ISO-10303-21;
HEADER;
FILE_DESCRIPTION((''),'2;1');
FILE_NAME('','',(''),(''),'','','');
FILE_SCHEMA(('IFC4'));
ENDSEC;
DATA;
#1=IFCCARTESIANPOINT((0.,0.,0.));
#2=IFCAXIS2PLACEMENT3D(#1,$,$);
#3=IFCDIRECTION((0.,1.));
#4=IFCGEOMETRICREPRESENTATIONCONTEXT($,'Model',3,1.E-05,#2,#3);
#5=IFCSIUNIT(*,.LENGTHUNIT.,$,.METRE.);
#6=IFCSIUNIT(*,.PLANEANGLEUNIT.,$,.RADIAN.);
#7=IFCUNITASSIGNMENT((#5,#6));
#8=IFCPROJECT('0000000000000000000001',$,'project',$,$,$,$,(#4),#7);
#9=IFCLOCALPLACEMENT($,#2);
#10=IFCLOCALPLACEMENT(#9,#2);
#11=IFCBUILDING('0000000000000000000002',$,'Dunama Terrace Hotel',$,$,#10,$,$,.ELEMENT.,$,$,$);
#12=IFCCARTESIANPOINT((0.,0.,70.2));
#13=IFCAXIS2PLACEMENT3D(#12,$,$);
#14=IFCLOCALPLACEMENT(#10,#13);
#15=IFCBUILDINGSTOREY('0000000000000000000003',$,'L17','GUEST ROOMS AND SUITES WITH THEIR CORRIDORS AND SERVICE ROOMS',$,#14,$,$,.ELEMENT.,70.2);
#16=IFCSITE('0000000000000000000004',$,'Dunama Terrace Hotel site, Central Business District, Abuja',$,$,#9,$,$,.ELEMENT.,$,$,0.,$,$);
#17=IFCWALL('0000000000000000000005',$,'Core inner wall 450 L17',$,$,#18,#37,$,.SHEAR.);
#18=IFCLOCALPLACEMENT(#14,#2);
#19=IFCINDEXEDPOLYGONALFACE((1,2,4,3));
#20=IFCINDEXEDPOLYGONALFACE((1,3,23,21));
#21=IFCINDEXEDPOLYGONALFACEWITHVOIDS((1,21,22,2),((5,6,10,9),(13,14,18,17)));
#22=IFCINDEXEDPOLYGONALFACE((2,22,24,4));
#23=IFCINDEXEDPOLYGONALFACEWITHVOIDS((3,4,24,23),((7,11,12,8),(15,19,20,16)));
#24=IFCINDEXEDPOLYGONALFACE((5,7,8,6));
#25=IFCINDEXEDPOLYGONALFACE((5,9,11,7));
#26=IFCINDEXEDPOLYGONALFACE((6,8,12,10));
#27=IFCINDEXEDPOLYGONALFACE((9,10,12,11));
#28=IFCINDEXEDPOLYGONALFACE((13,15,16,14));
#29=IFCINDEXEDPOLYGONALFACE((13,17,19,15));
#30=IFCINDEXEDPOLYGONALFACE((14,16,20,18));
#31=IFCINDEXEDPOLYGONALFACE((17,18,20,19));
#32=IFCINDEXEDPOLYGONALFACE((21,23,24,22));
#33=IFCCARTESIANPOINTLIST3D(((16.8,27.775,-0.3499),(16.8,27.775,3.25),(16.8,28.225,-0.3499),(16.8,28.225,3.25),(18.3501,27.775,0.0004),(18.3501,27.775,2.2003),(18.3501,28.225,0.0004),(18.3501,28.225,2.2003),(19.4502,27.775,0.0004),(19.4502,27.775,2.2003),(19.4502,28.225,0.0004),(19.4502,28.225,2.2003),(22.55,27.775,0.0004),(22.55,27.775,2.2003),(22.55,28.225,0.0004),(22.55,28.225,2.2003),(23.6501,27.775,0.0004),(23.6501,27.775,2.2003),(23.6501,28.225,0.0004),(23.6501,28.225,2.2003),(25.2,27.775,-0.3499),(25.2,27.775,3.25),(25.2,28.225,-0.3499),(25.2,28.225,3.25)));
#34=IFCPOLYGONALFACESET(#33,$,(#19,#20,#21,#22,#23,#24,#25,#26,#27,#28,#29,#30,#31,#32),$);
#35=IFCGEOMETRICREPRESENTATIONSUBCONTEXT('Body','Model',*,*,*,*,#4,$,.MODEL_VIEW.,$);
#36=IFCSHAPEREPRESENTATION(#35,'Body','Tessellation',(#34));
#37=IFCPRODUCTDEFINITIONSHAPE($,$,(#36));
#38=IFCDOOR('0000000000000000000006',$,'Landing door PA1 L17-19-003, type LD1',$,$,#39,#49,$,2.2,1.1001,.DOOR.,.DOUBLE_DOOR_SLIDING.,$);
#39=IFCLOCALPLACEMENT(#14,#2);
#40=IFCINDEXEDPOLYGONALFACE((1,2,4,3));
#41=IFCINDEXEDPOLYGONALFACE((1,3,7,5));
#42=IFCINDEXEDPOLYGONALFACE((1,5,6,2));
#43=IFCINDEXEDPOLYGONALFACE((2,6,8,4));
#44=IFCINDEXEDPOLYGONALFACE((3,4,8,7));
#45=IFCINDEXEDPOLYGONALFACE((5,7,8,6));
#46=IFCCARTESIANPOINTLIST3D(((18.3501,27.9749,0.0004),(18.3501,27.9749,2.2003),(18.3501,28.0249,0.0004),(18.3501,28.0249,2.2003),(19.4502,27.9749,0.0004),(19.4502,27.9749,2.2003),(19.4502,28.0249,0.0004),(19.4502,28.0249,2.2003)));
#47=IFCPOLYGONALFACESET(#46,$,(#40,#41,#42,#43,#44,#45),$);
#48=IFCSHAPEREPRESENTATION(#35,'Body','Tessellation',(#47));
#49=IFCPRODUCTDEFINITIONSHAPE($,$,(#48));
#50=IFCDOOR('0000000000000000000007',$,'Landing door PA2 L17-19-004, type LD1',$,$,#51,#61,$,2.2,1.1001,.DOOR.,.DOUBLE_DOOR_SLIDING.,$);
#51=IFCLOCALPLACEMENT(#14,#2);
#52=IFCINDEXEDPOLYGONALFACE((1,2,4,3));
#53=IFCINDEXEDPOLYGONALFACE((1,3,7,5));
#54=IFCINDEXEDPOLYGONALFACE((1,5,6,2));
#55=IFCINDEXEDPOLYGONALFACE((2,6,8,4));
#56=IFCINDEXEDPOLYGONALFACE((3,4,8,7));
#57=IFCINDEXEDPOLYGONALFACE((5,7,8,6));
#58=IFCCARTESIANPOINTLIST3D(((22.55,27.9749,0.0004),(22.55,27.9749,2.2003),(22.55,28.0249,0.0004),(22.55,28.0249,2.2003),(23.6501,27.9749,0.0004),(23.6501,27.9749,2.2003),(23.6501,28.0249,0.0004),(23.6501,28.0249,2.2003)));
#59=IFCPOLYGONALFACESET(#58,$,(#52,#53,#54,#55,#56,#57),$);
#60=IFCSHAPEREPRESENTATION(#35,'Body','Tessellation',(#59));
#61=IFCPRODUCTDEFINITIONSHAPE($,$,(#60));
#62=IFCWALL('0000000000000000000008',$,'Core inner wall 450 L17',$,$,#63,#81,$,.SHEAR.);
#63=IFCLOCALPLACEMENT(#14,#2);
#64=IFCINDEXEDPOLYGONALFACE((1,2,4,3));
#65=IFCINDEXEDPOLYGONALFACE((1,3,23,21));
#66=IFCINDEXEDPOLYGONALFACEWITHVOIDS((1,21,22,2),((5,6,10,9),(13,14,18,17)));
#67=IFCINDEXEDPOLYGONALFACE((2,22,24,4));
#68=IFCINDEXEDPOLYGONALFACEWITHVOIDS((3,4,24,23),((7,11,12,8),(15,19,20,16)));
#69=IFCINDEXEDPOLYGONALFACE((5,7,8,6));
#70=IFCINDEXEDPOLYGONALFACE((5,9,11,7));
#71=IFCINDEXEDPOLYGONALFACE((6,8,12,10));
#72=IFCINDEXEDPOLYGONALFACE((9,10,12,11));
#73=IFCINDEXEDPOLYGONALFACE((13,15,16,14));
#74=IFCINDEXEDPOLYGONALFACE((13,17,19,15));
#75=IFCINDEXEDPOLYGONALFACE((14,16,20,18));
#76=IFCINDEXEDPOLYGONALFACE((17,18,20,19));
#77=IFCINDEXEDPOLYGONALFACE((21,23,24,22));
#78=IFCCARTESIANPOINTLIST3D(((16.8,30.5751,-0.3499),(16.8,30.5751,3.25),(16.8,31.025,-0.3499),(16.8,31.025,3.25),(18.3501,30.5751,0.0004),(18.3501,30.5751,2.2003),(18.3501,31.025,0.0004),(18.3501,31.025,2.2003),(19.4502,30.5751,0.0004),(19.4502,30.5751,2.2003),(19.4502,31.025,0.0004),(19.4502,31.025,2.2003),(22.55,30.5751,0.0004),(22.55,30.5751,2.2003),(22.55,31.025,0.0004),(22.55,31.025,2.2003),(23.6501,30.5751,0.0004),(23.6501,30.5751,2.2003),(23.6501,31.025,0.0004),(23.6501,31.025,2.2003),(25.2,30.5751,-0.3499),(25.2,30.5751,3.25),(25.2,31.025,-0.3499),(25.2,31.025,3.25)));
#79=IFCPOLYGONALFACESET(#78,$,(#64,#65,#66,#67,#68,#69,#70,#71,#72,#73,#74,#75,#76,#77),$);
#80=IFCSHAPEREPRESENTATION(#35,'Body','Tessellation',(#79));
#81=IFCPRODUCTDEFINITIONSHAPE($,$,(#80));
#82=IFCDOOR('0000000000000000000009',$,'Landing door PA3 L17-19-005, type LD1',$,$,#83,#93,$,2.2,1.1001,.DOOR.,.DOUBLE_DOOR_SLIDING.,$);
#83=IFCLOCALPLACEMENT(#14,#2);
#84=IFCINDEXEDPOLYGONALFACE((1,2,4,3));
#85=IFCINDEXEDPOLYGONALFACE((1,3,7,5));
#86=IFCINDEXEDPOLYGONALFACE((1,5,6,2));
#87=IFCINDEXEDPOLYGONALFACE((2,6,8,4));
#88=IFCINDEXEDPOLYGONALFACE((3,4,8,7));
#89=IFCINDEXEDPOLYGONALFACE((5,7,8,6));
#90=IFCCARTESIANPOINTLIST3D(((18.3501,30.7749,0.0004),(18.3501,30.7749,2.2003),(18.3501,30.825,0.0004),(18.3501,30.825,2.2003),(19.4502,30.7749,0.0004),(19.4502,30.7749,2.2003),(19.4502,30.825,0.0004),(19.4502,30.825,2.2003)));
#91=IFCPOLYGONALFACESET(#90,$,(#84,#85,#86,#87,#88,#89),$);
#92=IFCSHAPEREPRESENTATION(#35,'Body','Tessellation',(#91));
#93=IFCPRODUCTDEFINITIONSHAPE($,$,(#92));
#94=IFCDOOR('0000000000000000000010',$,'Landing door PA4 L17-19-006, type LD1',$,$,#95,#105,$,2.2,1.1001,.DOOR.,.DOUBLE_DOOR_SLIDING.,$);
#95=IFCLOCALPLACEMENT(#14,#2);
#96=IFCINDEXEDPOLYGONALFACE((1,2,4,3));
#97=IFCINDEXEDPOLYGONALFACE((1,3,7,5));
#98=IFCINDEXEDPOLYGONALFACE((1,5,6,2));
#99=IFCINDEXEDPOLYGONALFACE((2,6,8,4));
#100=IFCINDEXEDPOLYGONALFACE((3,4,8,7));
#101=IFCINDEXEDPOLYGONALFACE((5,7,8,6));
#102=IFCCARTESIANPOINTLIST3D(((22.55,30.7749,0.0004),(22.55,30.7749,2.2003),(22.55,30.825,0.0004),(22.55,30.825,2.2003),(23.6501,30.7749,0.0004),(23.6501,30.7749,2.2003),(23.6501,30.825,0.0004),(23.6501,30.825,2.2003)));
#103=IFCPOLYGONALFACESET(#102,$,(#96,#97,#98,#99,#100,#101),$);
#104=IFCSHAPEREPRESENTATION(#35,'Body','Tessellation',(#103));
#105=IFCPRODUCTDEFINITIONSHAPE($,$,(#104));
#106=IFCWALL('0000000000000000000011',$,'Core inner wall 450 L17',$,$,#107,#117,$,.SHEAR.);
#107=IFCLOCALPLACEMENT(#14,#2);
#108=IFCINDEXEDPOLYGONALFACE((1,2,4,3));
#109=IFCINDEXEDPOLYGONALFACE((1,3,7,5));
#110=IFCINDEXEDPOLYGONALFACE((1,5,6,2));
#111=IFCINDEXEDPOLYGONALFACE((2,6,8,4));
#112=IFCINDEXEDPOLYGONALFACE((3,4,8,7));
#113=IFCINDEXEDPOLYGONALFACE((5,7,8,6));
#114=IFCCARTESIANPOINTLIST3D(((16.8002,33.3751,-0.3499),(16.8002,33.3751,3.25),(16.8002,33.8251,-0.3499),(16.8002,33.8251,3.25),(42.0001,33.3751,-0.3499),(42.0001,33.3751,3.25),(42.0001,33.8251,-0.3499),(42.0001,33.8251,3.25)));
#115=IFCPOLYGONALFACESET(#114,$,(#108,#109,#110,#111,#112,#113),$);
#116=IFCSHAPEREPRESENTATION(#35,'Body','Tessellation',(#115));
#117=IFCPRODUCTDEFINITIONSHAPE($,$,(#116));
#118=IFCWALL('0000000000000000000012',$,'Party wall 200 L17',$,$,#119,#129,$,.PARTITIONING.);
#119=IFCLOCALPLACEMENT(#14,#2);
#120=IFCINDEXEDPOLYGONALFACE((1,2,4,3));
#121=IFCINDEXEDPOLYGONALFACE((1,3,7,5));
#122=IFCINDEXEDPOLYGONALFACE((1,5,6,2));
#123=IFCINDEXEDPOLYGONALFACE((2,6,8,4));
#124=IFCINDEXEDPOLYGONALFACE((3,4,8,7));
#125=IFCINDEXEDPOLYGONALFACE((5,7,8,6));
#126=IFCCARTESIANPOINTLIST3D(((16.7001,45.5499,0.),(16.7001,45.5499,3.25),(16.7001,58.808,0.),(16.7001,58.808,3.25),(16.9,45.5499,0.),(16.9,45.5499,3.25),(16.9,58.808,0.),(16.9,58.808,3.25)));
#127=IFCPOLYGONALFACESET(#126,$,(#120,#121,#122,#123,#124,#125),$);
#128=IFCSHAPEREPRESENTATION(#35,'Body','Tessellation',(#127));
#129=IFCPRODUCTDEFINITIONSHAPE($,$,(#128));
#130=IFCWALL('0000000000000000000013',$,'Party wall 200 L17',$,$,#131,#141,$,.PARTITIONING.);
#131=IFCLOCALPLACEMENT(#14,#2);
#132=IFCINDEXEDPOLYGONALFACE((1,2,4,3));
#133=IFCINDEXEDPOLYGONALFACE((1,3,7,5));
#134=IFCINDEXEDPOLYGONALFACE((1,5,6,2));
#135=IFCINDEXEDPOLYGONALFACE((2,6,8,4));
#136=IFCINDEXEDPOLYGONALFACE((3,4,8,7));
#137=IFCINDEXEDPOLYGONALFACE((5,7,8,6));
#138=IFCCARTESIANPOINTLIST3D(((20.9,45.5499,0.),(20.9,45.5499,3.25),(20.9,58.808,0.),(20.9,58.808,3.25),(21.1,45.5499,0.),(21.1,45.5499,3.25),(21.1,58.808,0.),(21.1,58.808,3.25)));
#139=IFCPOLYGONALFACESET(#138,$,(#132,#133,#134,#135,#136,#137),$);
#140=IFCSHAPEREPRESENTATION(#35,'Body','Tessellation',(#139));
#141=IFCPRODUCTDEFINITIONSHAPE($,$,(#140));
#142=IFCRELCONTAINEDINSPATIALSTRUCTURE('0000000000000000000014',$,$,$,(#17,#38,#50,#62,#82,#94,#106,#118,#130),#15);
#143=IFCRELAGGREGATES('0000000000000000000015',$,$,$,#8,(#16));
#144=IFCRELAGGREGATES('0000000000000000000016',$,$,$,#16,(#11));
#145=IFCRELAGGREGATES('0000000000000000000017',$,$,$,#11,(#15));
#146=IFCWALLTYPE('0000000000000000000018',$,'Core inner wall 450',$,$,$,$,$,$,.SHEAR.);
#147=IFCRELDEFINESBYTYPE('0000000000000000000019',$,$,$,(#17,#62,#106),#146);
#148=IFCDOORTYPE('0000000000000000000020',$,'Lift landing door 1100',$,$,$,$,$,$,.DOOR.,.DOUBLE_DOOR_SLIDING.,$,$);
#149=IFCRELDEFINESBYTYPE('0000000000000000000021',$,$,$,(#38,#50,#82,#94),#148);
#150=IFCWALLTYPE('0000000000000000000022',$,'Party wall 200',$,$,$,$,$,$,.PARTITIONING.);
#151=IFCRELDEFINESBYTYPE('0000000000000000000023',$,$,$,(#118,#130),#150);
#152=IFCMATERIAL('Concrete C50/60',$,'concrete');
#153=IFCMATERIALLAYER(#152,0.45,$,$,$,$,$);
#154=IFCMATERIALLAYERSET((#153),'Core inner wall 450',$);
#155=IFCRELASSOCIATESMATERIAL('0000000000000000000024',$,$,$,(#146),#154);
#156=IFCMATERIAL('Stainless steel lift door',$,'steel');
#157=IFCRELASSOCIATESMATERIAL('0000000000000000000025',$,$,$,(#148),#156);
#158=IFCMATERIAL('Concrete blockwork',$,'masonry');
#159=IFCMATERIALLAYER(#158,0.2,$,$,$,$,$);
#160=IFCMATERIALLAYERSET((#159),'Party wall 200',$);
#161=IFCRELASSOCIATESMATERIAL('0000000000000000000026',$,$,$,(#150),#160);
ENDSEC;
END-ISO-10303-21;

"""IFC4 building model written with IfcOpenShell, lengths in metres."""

from ifc_helpers import new_model, si_unit, direction, frame, frame_2d, origin, place, context, subcontext, project, spatial, rectangle, extrude, material, layer, layer_set, type_object, element, fill, save


model = new_model("IFC4")

# Units and contexts
model_context = context("Model", 3, precision=1e-05, world=origin(), true_north=direction((0.0, 1.0)))
body_context = subcontext(model_context, "Body", "Model", "MODEL_VIEW")
ifc_project = project(units=[si_unit("LENGTHUNIT", "METRE"), si_unit("PLANEANGLEUNIT", "RADIAN")], contexts=[model_context])

# Site, building, storey
site_placement = place(None, origin())
site = spatial("IfcSite", under=ifc_project, at=site_placement, Name="Dunama Terrace Hotel site, Central Business District, Abuja", CompositionType="ELEMENT", RefElevation=0.0)
building_placement = place(site_placement, origin())
building = spatial("IfcBuilding", under=site, at=building_placement, Name="Dunama Terrace Hotel", CompositionType="ELEMENT")
storey_placement = place(building_placement, frame((0.0, 0.0, 70.2)))
storey = spatial("IfcBuildingStorey", under=building, at=storey_placement, Name="L17", Description="GUEST ROOMS AND SUITES WITH THEIR CORRIDORS AND SERVICE ROOMS", CompositionType="ELEMENT", Elevation=70.2)

# Walls, openings, doors
ifc_material_1 = material(Name="Concrete C50/60", Category="concrete")
ifc_layer_1 = layer(ifc_material_1, 0.45)
ifc_layer_set_1 = layer_set([ifc_layer_1], Name="Core inner wall 450")
wall_type_1 = type_object("IfcWallType", Name="Core inner wall 450", PredefinedType="SHEAR", material=ifc_layer_set_1)
wall_1_placement = place(storey_placement, frame((16.8, 28.0, -0.3499), z_axis=(0.0, 0.0, 1.0), x_axis=(1.0, 0.0, 0.0)))
wall_1 = element("IfcWall", 1, at=wall_1_placement, inside=storey, type_object=wall_type_1, Name="Core inner wall 450 L17", PredefinedType="SHEAR", context=body_context, shape_type="SweptSolid", body=[
    extrude(rectangle(XDim=8.3999, YDim=0.45, at=frame_2d((4.2, 0.0))), origin(), (0.0, 0.0, 1.0), 3.5999),
])
opening_1_placement = place(wall_1_placement, frame((1.55, 0.0, 0.3501)))
opening_1 = element("IfcOpeningElement", 2, at=opening_1_placement, cuts=wall_1, PredefinedType="OPENING", context=body_context, shape_type="SweptSolid", body=[
    extrude(rectangle(XDim=1.1001, YDim=2.2, at=frame_2d((0.55, 1.1001))), frame((0.0, 0.2349, 0.0), z_axis=(0.0, -1.0, 0.0), x_axis=(1.0, 0.0, 0.0)), (0.0, 0.0, 1.0), 0.47),
])
opening_2_placement = place(wall_1_placement, frame((5.75, 0.0, 0.3501)))
opening_2 = element("IfcOpeningElement", 3, at=opening_2_placement, cuts=wall_1, PredefinedType="OPENING", context=body_context, shape_type="SweptSolid", body=[
    extrude(rectangle(XDim=1.1001, YDim=2.2, at=frame_2d((0.55, 1.1001))), frame((0.0, 0.2349, 0.0), z_axis=(0.0, -1.0, 0.0), x_axis=(1.0, 0.0, 0.0)), (0.0, 0.0, 1.0), 0.47),
])
ifc_material_2 = material(Name="Stainless steel lift door", Category="steel")
door_type_1 = type_object("IfcDoorType", Name="Lift landing door 1100", OperationType="DOUBLE_DOOR_SLIDING", PredefinedType="DOOR", material=ifc_material_2)
door_1_placement = place(opening_1_placement, origin())
door_1 = element("IfcDoor", 4, at=door_1_placement, inside=storey, type_object=door_type_1, Name="Landing door PA1 L17-19-003, type LD1", OperationType="DOUBLE_DOOR_SLIDING", OverallHeight=2.2, OverallWidth=1.1001, PredefinedType="DOOR", context=body_context, shape_type="SweptSolid", body=[
    extrude(rectangle(XDim=1.1001, YDim=2.2, at=frame_2d((0.55, 1.1001))), frame((0.0, 0.0249, 0.0), z_axis=(0.0, -1.0, 0.0), x_axis=(1.0, 0.0, 0.0)), (0.0, 0.0, 1.0), 0.05),
])
fill(opening_1, door_1)
door_2_placement = place(opening_2_placement, origin())
door_2 = element("IfcDoor", 5, at=door_2_placement, inside=storey, type_object=door_type_1, Name="Landing door PA2 L17-19-004, type LD1", OperationType="DOUBLE_DOOR_SLIDING", OverallHeight=2.2, OverallWidth=1.1001, PredefinedType="DOOR", context=body_context, shape_type="SweptSolid", body=[
    extrude(rectangle(XDim=1.1001, YDim=2.2, at=frame_2d((0.55, 1.1001))), frame((0.0, 0.0249, 0.0), z_axis=(0.0, -1.0, 0.0), x_axis=(1.0, 0.0, 0.0)), (0.0, 0.0, 1.0), 0.05),
])
fill(opening_2, door_2)
wall_2_placement = place(storey_placement, frame((16.8, 30.8, -0.3499), z_axis=(0.0, 0.0, 1.0), x_axis=(1.0, 0.0, 0.0)))
wall_2 = element("IfcWall", 6, at=wall_2_placement, inside=storey, type_object=wall_type_1, Name="Core inner wall 450 L17", PredefinedType="SHEAR", context=body_context, shape_type="SweptSolid", body=[
    extrude(rectangle(XDim=8.3999, YDim=0.45, at=frame_2d((4.2, 0.0))), origin(), (0.0, 0.0, 1.0), 3.5999),
])
opening_3_placement = place(wall_2_placement, frame((1.55, 0.0, 0.3501)))
opening_3 = element("IfcOpeningElement", 7, at=opening_3_placement, cuts=wall_2, PredefinedType="OPENING", context=body_context, shape_type="SweptSolid", body=[
    extrude(rectangle(XDim=1.1001, YDim=2.2, at=frame_2d((0.55, 1.1001))), frame((0.0, 0.2349, 0.0), z_axis=(0.0, -1.0, 0.0), x_axis=(1.0, 0.0, 0.0)), (0.0, 0.0, 1.0), 0.47),
])
opening_4_placement = place(wall_2_placement, frame((5.75, 0.0, 0.3501)))
opening_4 = element("IfcOpeningElement", 8, at=opening_4_placement, cuts=wall_2, PredefinedType="OPENING", context=body_context, shape_type="SweptSolid", body=[
    extrude(rectangle(XDim=1.1001, YDim=2.2, at=frame_2d((0.55, 1.1001))), frame((0.0, 0.2349, 0.0), z_axis=(0.0, -1.0, 0.0), x_axis=(1.0, 0.0, 0.0)), (0.0, 0.0, 1.0), 0.47),
])
door_3_placement = place(opening_3_placement, origin())
door_3 = element("IfcDoor", 9, at=door_3_placement, inside=storey, type_object=door_type_1, Name="Landing door PA3 L17-19-005, type LD1", OperationType="DOUBLE_DOOR_SLIDING", OverallHeight=2.2, OverallWidth=1.1001, PredefinedType="DOOR", context=body_context, shape_type="SweptSolid", body=[
    extrude(rectangle(XDim=1.1001, YDim=2.2, at=frame_2d((0.55, 1.1001))), frame((0.0, 0.0249, 0.0), z_axis=(0.0, -1.0, 0.0), x_axis=(1.0, 0.0, 0.0)), (0.0, 0.0, 1.0), 0.05),
])
fill(opening_3, door_3)
door_4_placement = place(opening_4_placement, origin())
door_4 = element("IfcDoor", 10, at=door_4_placement, inside=storey, type_object=door_type_1, Name="Landing door PA4 L17-19-006, type LD1", OperationType="DOUBLE_DOOR_SLIDING", OverallHeight=2.2, OverallWidth=1.1001, PredefinedType="DOOR", context=body_context, shape_type="SweptSolid", body=[
    extrude(rectangle(XDim=1.1001, YDim=2.2, at=frame_2d((0.55, 1.1001))), frame((0.0, 0.0249, 0.0), z_axis=(0.0, -1.0, 0.0), x_axis=(1.0, 0.0, 0.0)), (0.0, 0.0, 1.0), 0.05),
])
fill(opening_4, door_4)

# Walls
wall_3_placement = place(storey_placement, frame((16.8, 33.6001, -0.3499), z_axis=(0.0, 0.0, 1.0), x_axis=(1.0, 0.0, 0.0)))
element("IfcWall", 11, at=wall_3_placement, inside=storey, type_object=wall_type_1, Name="Core inner wall 450 L17", PredefinedType="SHEAR", context=body_context, shape_type="SweptSolid", body=[
    extrude(rectangle(XDim=25.2, YDim=0.45, at=frame_2d((12.6001, 0.0))), origin(), (0.0, 0.0, 1.0), 3.5999),
])
ifc_material_3 = material(Name="Concrete blockwork", Category="masonry")
ifc_layer_2 = layer(ifc_material_3, 0.2)
ifc_layer_set_2 = layer_set([ifc_layer_2], Name="Party wall 200")
wall_type_2 = type_object("IfcWallType", Name="Party wall 200", PredefinedType="PARTITIONING", material=ifc_layer_set_2)
for number, where, z_axis, x_axis, name in (
    (12, (16.8, 45.55, 0.0), (0.0, 0.0, 1.0), (0.0, 1.0, 0.0), "Party wall 200 L17"),
    (13, (21.0, 45.55, 0.0), (0.0, 0.0, 1.0), (0.0, 1.0, 0.0), "Party wall 200 L17"),
):
    element("IfcWall", number, at=place(storey_placement, frame(where, z_axis=z_axis, x_axis=x_axis)), inside=storey, type_object=wall_type_2, Name=name, PredefinedType="PARTITIONING", context=body_context, shape_type="SweptSolid", body=[
        extrude(rectangle(XDim=13.2581, YDim=0.2, at=frame_2d((6.6289, 0.0))), origin(), (0.0, 0.0, 1.0), 3.25),
    ])

save(model, "model.ifc")
